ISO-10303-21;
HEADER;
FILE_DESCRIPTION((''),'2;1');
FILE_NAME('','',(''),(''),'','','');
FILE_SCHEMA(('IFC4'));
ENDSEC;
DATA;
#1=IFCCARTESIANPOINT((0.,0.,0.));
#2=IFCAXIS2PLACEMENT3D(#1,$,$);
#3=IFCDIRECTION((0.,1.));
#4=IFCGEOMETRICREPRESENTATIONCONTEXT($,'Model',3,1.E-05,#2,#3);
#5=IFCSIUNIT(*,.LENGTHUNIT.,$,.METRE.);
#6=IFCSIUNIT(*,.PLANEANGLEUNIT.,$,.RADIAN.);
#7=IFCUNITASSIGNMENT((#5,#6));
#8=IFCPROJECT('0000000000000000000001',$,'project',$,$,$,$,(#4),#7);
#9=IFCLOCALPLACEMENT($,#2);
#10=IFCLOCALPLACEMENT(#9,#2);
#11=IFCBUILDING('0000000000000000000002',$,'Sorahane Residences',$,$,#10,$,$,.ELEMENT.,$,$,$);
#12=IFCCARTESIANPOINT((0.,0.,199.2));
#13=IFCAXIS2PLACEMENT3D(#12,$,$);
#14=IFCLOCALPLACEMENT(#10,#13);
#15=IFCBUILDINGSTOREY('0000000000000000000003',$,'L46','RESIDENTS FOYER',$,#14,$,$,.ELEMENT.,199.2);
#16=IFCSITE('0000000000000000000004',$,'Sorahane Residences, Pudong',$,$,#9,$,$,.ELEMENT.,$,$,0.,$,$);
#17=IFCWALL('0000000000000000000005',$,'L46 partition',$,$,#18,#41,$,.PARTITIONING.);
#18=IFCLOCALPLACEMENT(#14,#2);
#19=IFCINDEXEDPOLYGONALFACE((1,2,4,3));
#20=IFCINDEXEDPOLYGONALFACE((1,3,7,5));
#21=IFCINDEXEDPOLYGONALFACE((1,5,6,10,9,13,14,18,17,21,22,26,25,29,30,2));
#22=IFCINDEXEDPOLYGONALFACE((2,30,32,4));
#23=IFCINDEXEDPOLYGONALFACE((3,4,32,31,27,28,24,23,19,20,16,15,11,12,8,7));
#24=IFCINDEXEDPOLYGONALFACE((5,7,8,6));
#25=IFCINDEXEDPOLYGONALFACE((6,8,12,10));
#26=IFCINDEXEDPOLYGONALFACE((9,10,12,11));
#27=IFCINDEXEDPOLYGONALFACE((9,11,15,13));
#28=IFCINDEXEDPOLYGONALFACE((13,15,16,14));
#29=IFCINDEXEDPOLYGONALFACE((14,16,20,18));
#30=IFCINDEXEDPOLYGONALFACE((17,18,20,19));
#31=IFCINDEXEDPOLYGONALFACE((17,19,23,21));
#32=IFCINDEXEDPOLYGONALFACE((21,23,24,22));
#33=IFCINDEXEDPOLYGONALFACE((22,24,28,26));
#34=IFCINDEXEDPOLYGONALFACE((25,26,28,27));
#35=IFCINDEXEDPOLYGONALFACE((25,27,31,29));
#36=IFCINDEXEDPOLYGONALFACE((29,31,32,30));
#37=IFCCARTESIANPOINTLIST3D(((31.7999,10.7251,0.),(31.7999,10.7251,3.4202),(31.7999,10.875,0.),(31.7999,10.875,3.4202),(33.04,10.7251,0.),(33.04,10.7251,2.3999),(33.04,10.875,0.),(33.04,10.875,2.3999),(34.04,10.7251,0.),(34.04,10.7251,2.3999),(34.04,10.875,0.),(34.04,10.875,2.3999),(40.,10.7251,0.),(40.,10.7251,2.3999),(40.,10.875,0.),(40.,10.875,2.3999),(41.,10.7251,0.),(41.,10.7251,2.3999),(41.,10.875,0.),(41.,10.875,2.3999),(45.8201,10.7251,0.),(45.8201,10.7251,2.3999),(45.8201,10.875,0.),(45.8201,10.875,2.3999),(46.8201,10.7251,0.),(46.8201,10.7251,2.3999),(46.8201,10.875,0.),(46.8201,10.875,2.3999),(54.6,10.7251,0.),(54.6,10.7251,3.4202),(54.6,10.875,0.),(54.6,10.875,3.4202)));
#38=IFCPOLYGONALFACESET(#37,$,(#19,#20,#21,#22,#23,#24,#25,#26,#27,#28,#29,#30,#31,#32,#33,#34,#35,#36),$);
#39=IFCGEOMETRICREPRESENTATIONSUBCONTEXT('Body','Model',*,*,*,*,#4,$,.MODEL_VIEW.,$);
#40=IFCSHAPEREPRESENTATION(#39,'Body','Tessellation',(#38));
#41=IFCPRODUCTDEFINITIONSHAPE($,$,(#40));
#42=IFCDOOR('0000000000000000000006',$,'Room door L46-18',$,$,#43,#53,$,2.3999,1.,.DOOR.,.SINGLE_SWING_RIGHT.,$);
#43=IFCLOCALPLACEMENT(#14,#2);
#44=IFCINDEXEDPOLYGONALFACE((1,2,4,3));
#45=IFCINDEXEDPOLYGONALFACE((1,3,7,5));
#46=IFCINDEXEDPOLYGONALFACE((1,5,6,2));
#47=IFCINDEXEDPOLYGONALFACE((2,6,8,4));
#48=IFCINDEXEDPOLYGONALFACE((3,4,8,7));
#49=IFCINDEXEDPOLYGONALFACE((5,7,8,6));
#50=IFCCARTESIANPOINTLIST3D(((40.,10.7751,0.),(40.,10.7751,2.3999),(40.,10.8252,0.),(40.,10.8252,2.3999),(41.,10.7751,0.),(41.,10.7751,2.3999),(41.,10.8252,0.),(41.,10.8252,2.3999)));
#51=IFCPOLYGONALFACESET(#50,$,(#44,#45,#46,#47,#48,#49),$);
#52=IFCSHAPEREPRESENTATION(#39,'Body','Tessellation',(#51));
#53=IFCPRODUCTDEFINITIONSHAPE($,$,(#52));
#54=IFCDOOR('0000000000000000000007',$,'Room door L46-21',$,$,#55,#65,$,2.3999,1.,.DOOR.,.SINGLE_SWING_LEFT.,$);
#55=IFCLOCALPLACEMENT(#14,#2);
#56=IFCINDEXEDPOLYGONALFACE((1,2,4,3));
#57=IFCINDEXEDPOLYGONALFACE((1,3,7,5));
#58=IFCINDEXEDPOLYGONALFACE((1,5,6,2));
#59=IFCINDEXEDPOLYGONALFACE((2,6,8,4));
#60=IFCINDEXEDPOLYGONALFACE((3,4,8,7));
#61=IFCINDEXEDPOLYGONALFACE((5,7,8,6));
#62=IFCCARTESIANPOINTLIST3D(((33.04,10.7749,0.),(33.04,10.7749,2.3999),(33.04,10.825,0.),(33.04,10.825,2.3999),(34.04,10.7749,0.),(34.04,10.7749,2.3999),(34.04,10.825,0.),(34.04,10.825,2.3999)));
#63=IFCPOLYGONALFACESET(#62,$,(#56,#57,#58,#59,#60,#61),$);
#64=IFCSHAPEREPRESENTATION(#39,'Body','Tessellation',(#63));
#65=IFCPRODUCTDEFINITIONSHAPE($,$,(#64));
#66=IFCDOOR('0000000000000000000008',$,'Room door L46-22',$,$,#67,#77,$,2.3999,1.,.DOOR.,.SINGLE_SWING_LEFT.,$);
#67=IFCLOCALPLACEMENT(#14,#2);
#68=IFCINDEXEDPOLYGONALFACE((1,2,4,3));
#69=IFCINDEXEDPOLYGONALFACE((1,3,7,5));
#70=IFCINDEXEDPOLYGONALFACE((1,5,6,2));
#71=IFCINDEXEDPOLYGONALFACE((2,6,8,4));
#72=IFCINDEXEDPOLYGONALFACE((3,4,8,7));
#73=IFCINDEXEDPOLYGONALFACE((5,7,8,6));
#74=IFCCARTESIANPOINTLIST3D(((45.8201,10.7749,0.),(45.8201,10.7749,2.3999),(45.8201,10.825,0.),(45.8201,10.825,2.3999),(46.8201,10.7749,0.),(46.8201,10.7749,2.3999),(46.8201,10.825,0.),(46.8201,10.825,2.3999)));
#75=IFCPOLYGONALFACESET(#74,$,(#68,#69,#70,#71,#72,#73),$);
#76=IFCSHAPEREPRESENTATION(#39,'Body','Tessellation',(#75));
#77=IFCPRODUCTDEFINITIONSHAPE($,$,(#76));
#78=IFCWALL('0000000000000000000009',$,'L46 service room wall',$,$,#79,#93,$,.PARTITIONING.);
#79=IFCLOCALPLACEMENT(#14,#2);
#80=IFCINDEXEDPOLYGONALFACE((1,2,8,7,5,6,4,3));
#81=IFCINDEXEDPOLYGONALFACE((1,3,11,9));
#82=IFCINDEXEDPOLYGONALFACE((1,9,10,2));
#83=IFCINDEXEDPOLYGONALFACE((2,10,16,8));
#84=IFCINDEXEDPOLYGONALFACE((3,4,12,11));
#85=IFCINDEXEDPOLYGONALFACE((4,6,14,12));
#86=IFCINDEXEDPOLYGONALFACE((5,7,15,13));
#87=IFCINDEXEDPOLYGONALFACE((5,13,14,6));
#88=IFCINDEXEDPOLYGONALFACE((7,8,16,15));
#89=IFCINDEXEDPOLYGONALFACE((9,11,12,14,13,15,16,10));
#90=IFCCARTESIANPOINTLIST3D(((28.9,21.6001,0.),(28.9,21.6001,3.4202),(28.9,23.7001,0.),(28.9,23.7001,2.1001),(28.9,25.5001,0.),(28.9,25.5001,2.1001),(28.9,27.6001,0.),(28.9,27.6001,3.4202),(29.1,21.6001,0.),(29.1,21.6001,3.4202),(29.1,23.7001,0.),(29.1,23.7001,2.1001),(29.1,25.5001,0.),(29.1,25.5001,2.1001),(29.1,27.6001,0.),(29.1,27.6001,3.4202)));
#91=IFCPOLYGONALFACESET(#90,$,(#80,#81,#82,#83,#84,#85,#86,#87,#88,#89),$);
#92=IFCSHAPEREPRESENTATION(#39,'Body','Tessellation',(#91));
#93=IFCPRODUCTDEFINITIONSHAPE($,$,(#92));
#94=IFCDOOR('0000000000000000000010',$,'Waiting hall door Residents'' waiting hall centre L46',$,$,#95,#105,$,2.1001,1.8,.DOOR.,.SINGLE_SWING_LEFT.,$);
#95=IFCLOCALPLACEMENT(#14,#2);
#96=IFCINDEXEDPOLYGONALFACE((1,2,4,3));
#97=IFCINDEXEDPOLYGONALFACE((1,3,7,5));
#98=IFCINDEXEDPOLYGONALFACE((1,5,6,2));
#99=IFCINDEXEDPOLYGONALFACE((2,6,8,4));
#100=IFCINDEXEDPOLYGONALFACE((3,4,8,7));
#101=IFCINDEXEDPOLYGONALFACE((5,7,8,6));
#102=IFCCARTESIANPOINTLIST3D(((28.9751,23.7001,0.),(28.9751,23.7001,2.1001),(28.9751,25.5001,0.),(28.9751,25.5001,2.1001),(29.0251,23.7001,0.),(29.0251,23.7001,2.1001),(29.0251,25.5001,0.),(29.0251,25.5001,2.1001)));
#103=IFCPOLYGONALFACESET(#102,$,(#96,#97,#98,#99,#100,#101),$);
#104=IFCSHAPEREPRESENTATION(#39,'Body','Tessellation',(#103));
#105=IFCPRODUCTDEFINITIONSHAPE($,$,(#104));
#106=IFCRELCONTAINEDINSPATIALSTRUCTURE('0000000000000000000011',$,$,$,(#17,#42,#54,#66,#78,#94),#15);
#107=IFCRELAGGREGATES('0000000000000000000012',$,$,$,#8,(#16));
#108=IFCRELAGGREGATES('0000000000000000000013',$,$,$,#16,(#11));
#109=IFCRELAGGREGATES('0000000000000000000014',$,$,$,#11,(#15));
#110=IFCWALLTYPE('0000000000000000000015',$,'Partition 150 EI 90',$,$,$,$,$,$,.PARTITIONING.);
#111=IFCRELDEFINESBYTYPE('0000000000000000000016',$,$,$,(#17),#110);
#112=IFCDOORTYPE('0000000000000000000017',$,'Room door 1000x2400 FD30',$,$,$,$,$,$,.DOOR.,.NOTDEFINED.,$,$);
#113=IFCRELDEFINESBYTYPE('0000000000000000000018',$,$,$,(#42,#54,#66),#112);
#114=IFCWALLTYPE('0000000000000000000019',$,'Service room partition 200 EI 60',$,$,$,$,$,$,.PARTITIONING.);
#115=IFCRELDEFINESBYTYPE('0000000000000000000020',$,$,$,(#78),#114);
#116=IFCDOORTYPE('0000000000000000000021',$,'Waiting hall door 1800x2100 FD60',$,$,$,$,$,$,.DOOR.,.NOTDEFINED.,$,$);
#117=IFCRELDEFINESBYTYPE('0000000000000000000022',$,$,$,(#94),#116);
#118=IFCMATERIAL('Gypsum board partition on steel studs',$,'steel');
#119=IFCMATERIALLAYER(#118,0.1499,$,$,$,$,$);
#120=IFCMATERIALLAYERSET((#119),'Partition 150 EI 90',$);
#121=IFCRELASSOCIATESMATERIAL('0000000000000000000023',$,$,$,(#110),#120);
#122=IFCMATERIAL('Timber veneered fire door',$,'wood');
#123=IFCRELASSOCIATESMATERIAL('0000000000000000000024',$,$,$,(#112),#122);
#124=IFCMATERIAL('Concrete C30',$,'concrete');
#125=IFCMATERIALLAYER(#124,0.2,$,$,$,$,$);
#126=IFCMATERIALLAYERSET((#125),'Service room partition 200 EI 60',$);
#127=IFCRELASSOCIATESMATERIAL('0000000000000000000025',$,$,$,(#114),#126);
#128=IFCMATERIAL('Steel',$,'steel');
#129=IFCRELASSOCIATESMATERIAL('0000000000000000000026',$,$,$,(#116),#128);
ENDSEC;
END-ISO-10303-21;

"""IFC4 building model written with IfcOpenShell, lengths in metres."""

from ifc_helpers import new_model, si_unit, direction, frame, frame_2d, origin, place, context, subcontext, project, spatial, rectangle, extrude, material, layer, layer_set, type_object, element, fill, save


model = new_model("IFC4")

# Units and contexts
model_context = context("Model", 3, precision=1e-05, world=origin(), true_north=direction((0.0, 1.0)))
body_context = subcontext(model_context, "Body", "Model", "MODEL_VIEW")
ifc_project = project(units=[si_unit("LENGTHUNIT", "METRE"), si_unit("PLANEANGLEUNIT", "RADIAN")], contexts=[model_context])

# Site, building, storey
site_placement = place(None, origin())
site = spatial("IfcSite", under=ifc_project, at=site_placement, Name="Sorahane Residences, Pudong", CompositionType="ELEMENT", RefElevation=0.0)
building_placement = place(site_placement, origin())
building = spatial("IfcBuilding", under=site, at=building_placement, Name="Sorahane Residences", CompositionType="ELEMENT")
storey_placement = place(building_placement, frame((0.0, 0.0, 199.2)))
storey = spatial("IfcBuildingStorey", under=building, at=storey_placement, Name="L46", Description="RESIDENTS FOYER", CompositionType="ELEMENT", Elevation=199.2)

# Shared definitions
ifc_material_1 = material(Name="Gypsum board partition on steel studs", Category="steel")
ifc_layer_1 = layer(ifc_material_1, 0.1499)
ifc_layer_set_1 = layer_set([ifc_layer_1], Name="Partition 150 EI 90")
wall_type_1 = type_object("IfcWallType", Name="Partition 150 EI 90", PredefinedType="PARTITIONING", material=ifc_layer_set_1)

# Wall, openings, doors
wall_1_placement = place(storey_placement, frame((31.8, 10.8, 0.0), z_axis=(0.0, 0.0, 1.0), x_axis=(1.0, 0.0, 0.0)))
wall_1 = element("IfcWall", 1, at=wall_1_placement, inside=storey, type_object=wall_type_1, Name="L46 partition", PredefinedType="PARTITIONING", context=body_context, shape_type="SweptSolid", body=[
    extrude(rectangle(XDim=22.8, YDim=0.1499, at=frame_2d((11.3999, 0.0))), origin(), (0.0, 0.0, 1.0), 3.4202),
])
opening_1_placement = place(wall_1_placement, frame((8.2, 0.0, 0.0)))
opening_1 = element("IfcOpeningElement", 2, at=opening_1_placement, cuts=wall_1, PredefinedType="OPENING", context=body_context, shape_type="SweptSolid", body=[
    extrude(rectangle(XDim=1.0, YDim=2.3999, at=frame_2d((0.5, 1.2))), frame((0.0, 0.085, 0.0), z_axis=(0.0, -1.0, 0.0), x_axis=(1.0, 0.0, 0.0)), (0.0, 0.0, 1.0), 0.1699),
])
opening_2_placement = place(wall_1_placement, frame((1.24, 0.0, 0.0)))
opening_2 = element("IfcOpeningElement", 3, at=opening_2_placement, cuts=wall_1, PredefinedType="OPENING", context=body_context, shape_type="SweptSolid", body=[
    extrude(rectangle(XDim=1.0, YDim=2.3999, at=frame_2d((0.5, 1.2))), frame((0.0, 0.085, 0.0), z_axis=(0.0, -1.0, 0.0), x_axis=(1.0, 0.0, 0.0)), (0.0, 0.0, 1.0), 0.1699),
])
opening_3_placement = place(wall_1_placement, frame((14.02, 0.0, 0.0)))
opening_3 = element("IfcOpeningElement", 4, at=opening_3_placement, cuts=wall_1, PredefinedType="OPENING", context=body_context, shape_type="SweptSolid", body=[
    extrude(rectangle(XDim=1.0, YDim=2.3999, at=frame_2d((0.5, 1.2))), frame((0.0, 0.085, 0.0), z_axis=(0.0, -1.0, 0.0), x_axis=(1.0, 0.0, 0.0)), (0.0, 0.0, 1.0), 0.1699),
])
ifc_material_2 = material(Name="Timber veneered fire door", Category="wood")
door_type_1 = type_object("IfcDoorType", Name="Room door 1000x2400 FD30", OperationType="NOTDEFINED", PredefinedType="DOOR", material=ifc_material_2)
door_1_placement = place(opening_1_placement, frame((1.0, 0.0, 0.0), z_axis=(0.0, 0.0, 1.0), x_axis=(-1.0, 0.0, 0.0)))
door_1 = element("IfcDoor", 5, at=door_1_placement, inside=storey, type_object=door_type_1, Name="Room door L46-18", OperationType="SINGLE_SWING_RIGHT", OverallHeight=2.3999, OverallWidth=1.0, PredefinedType="DOOR", context=body_context, shape_type="SweptSolid", body=[
    extrude(rectangle(XDim=1.0, YDim=2.3999, at=frame_2d((0.5, 1.2))), frame((0.0, 0.0249, 0.0), z_axis=(0.0, -1.0, 0.0), x_axis=(1.0, 0.0, 0.0)), (0.0, 0.0, 1.0), 0.05),
])
fill(opening_1, door_1)
door_2_placement = place(opening_2_placement, origin())
door_2 = element("IfcDoor", 6, at=door_2_placement, inside=storey, type_object=door_type_1, Name="Room door L46-21", OperationType="SINGLE_SWING_LEFT", OverallHeight=2.3999, OverallWidth=1.0, PredefinedType="DOOR", context=body_context, shape_type="SweptSolid", body=[
    extrude(rectangle(XDim=1.0, YDim=2.3999, at=frame_2d((0.5, 1.2))), frame((0.0, 0.0249, 0.0), z_axis=(0.0, -1.0, 0.0), x_axis=(1.0, 0.0, 0.0)), (0.0, 0.0, 1.0), 0.05),
])
fill(opening_2, door_2)
door_3_placement = place(opening_3_placement, origin())
door_3 = element("IfcDoor", 7, at=door_3_placement, inside=storey, type_object=door_type_1, Name="Room door L46-22", OperationType="SINGLE_SWING_LEFT", OverallHeight=2.3999, OverallWidth=1.0, PredefinedType="DOOR", context=body_context, shape_type="SweptSolid", body=[
    extrude(rectangle(XDim=1.0, YDim=2.3999, at=frame_2d((0.5, 1.2))), frame((0.0, 0.0249, 0.0), z_axis=(0.0, -1.0, 0.0), x_axis=(1.0, 0.0, 0.0)), (0.0, 0.0, 1.0), 0.05),
])
fill(opening_3, door_3)

# Wall, opening, door
ifc_material_3 = material(Name="Concrete C30", Category="concrete")
ifc_layer_2 = layer(ifc_material_3, 0.2)
ifc_layer_set_2 = layer_set([ifc_layer_2], Name="Service room partition 200 EI 60")
wall_type_2 = type_object("IfcWallType", Name="Service room partition 200 EI 60", PredefinedType="PARTITIONING", material=ifc_layer_set_2)
wall_2_placement = place(storey_placement, frame((29.0, 21.6001, 0.0), z_axis=(0.0, 0.0, 1.0), x_axis=(0.0, 1.0, 0.0)))
wall_2 = element("IfcWall", 8, at=wall_2_placement, inside=storey, type_object=wall_type_2, Name="L46 service room wall", PredefinedType="PARTITIONING", context=body_context, shape_type="SweptSolid", body=[
    extrude(rectangle(XDim=6.0, YDim=0.2, at=frame_2d((3.0, 0.0))), origin(), (0.0, 0.0, 1.0), 3.4202),
])
opening_4_placement = place(wall_2_placement, frame((2.1001, 0.0, 0.0)))
opening_4 = element("IfcOpeningElement", 9, at=opening_4_placement, cuts=wall_2, PredefinedType="OPENING", context=body_context, shape_type="SweptSolid", body=[
    extrude(rectangle(XDim=1.8, YDim=2.1001, at=frame_2d((0.8999, 1.05))), frame((0.0, 0.1099, 0.0), z_axis=(0.0, -1.0, 0.0), x_axis=(1.0, 0.0, 0.0)), (0.0, 0.0, 1.0), 0.22),
])
ifc_material_4 = material(Name="Steel", Category="steel")
door_type_2 = type_object("IfcDoorType", Name="Waiting hall door 1800x2100 FD60", OperationType="NOTDEFINED", PredefinedType="DOOR", material=ifc_material_4)
door_4_placement = place(opening_4_placement, origin())
door_4 = element("IfcDoor", 10, at=door_4_placement, inside=storey, type_object=door_type_2, Name="Waiting hall door Residents' waiting hall centre L46", OperationType="SINGLE_SWING_LEFT", OverallHeight=2.1001, OverallWidth=1.8, PredefinedType="DOOR", context=body_context, shape_type="SweptSolid", body=[
    extrude(rectangle(XDim=1.8, YDim=2.1001, at=frame_2d((0.8999, 1.05))), frame((0.0, 0.0249, 0.0), z_axis=(0.0, -1.0, 0.0), x_axis=(1.0, 0.0, 0.0)), (0.0, 0.0, 1.0), 0.05),
])
fill(opening_4, door_4)

save(model, "model.ifc")
